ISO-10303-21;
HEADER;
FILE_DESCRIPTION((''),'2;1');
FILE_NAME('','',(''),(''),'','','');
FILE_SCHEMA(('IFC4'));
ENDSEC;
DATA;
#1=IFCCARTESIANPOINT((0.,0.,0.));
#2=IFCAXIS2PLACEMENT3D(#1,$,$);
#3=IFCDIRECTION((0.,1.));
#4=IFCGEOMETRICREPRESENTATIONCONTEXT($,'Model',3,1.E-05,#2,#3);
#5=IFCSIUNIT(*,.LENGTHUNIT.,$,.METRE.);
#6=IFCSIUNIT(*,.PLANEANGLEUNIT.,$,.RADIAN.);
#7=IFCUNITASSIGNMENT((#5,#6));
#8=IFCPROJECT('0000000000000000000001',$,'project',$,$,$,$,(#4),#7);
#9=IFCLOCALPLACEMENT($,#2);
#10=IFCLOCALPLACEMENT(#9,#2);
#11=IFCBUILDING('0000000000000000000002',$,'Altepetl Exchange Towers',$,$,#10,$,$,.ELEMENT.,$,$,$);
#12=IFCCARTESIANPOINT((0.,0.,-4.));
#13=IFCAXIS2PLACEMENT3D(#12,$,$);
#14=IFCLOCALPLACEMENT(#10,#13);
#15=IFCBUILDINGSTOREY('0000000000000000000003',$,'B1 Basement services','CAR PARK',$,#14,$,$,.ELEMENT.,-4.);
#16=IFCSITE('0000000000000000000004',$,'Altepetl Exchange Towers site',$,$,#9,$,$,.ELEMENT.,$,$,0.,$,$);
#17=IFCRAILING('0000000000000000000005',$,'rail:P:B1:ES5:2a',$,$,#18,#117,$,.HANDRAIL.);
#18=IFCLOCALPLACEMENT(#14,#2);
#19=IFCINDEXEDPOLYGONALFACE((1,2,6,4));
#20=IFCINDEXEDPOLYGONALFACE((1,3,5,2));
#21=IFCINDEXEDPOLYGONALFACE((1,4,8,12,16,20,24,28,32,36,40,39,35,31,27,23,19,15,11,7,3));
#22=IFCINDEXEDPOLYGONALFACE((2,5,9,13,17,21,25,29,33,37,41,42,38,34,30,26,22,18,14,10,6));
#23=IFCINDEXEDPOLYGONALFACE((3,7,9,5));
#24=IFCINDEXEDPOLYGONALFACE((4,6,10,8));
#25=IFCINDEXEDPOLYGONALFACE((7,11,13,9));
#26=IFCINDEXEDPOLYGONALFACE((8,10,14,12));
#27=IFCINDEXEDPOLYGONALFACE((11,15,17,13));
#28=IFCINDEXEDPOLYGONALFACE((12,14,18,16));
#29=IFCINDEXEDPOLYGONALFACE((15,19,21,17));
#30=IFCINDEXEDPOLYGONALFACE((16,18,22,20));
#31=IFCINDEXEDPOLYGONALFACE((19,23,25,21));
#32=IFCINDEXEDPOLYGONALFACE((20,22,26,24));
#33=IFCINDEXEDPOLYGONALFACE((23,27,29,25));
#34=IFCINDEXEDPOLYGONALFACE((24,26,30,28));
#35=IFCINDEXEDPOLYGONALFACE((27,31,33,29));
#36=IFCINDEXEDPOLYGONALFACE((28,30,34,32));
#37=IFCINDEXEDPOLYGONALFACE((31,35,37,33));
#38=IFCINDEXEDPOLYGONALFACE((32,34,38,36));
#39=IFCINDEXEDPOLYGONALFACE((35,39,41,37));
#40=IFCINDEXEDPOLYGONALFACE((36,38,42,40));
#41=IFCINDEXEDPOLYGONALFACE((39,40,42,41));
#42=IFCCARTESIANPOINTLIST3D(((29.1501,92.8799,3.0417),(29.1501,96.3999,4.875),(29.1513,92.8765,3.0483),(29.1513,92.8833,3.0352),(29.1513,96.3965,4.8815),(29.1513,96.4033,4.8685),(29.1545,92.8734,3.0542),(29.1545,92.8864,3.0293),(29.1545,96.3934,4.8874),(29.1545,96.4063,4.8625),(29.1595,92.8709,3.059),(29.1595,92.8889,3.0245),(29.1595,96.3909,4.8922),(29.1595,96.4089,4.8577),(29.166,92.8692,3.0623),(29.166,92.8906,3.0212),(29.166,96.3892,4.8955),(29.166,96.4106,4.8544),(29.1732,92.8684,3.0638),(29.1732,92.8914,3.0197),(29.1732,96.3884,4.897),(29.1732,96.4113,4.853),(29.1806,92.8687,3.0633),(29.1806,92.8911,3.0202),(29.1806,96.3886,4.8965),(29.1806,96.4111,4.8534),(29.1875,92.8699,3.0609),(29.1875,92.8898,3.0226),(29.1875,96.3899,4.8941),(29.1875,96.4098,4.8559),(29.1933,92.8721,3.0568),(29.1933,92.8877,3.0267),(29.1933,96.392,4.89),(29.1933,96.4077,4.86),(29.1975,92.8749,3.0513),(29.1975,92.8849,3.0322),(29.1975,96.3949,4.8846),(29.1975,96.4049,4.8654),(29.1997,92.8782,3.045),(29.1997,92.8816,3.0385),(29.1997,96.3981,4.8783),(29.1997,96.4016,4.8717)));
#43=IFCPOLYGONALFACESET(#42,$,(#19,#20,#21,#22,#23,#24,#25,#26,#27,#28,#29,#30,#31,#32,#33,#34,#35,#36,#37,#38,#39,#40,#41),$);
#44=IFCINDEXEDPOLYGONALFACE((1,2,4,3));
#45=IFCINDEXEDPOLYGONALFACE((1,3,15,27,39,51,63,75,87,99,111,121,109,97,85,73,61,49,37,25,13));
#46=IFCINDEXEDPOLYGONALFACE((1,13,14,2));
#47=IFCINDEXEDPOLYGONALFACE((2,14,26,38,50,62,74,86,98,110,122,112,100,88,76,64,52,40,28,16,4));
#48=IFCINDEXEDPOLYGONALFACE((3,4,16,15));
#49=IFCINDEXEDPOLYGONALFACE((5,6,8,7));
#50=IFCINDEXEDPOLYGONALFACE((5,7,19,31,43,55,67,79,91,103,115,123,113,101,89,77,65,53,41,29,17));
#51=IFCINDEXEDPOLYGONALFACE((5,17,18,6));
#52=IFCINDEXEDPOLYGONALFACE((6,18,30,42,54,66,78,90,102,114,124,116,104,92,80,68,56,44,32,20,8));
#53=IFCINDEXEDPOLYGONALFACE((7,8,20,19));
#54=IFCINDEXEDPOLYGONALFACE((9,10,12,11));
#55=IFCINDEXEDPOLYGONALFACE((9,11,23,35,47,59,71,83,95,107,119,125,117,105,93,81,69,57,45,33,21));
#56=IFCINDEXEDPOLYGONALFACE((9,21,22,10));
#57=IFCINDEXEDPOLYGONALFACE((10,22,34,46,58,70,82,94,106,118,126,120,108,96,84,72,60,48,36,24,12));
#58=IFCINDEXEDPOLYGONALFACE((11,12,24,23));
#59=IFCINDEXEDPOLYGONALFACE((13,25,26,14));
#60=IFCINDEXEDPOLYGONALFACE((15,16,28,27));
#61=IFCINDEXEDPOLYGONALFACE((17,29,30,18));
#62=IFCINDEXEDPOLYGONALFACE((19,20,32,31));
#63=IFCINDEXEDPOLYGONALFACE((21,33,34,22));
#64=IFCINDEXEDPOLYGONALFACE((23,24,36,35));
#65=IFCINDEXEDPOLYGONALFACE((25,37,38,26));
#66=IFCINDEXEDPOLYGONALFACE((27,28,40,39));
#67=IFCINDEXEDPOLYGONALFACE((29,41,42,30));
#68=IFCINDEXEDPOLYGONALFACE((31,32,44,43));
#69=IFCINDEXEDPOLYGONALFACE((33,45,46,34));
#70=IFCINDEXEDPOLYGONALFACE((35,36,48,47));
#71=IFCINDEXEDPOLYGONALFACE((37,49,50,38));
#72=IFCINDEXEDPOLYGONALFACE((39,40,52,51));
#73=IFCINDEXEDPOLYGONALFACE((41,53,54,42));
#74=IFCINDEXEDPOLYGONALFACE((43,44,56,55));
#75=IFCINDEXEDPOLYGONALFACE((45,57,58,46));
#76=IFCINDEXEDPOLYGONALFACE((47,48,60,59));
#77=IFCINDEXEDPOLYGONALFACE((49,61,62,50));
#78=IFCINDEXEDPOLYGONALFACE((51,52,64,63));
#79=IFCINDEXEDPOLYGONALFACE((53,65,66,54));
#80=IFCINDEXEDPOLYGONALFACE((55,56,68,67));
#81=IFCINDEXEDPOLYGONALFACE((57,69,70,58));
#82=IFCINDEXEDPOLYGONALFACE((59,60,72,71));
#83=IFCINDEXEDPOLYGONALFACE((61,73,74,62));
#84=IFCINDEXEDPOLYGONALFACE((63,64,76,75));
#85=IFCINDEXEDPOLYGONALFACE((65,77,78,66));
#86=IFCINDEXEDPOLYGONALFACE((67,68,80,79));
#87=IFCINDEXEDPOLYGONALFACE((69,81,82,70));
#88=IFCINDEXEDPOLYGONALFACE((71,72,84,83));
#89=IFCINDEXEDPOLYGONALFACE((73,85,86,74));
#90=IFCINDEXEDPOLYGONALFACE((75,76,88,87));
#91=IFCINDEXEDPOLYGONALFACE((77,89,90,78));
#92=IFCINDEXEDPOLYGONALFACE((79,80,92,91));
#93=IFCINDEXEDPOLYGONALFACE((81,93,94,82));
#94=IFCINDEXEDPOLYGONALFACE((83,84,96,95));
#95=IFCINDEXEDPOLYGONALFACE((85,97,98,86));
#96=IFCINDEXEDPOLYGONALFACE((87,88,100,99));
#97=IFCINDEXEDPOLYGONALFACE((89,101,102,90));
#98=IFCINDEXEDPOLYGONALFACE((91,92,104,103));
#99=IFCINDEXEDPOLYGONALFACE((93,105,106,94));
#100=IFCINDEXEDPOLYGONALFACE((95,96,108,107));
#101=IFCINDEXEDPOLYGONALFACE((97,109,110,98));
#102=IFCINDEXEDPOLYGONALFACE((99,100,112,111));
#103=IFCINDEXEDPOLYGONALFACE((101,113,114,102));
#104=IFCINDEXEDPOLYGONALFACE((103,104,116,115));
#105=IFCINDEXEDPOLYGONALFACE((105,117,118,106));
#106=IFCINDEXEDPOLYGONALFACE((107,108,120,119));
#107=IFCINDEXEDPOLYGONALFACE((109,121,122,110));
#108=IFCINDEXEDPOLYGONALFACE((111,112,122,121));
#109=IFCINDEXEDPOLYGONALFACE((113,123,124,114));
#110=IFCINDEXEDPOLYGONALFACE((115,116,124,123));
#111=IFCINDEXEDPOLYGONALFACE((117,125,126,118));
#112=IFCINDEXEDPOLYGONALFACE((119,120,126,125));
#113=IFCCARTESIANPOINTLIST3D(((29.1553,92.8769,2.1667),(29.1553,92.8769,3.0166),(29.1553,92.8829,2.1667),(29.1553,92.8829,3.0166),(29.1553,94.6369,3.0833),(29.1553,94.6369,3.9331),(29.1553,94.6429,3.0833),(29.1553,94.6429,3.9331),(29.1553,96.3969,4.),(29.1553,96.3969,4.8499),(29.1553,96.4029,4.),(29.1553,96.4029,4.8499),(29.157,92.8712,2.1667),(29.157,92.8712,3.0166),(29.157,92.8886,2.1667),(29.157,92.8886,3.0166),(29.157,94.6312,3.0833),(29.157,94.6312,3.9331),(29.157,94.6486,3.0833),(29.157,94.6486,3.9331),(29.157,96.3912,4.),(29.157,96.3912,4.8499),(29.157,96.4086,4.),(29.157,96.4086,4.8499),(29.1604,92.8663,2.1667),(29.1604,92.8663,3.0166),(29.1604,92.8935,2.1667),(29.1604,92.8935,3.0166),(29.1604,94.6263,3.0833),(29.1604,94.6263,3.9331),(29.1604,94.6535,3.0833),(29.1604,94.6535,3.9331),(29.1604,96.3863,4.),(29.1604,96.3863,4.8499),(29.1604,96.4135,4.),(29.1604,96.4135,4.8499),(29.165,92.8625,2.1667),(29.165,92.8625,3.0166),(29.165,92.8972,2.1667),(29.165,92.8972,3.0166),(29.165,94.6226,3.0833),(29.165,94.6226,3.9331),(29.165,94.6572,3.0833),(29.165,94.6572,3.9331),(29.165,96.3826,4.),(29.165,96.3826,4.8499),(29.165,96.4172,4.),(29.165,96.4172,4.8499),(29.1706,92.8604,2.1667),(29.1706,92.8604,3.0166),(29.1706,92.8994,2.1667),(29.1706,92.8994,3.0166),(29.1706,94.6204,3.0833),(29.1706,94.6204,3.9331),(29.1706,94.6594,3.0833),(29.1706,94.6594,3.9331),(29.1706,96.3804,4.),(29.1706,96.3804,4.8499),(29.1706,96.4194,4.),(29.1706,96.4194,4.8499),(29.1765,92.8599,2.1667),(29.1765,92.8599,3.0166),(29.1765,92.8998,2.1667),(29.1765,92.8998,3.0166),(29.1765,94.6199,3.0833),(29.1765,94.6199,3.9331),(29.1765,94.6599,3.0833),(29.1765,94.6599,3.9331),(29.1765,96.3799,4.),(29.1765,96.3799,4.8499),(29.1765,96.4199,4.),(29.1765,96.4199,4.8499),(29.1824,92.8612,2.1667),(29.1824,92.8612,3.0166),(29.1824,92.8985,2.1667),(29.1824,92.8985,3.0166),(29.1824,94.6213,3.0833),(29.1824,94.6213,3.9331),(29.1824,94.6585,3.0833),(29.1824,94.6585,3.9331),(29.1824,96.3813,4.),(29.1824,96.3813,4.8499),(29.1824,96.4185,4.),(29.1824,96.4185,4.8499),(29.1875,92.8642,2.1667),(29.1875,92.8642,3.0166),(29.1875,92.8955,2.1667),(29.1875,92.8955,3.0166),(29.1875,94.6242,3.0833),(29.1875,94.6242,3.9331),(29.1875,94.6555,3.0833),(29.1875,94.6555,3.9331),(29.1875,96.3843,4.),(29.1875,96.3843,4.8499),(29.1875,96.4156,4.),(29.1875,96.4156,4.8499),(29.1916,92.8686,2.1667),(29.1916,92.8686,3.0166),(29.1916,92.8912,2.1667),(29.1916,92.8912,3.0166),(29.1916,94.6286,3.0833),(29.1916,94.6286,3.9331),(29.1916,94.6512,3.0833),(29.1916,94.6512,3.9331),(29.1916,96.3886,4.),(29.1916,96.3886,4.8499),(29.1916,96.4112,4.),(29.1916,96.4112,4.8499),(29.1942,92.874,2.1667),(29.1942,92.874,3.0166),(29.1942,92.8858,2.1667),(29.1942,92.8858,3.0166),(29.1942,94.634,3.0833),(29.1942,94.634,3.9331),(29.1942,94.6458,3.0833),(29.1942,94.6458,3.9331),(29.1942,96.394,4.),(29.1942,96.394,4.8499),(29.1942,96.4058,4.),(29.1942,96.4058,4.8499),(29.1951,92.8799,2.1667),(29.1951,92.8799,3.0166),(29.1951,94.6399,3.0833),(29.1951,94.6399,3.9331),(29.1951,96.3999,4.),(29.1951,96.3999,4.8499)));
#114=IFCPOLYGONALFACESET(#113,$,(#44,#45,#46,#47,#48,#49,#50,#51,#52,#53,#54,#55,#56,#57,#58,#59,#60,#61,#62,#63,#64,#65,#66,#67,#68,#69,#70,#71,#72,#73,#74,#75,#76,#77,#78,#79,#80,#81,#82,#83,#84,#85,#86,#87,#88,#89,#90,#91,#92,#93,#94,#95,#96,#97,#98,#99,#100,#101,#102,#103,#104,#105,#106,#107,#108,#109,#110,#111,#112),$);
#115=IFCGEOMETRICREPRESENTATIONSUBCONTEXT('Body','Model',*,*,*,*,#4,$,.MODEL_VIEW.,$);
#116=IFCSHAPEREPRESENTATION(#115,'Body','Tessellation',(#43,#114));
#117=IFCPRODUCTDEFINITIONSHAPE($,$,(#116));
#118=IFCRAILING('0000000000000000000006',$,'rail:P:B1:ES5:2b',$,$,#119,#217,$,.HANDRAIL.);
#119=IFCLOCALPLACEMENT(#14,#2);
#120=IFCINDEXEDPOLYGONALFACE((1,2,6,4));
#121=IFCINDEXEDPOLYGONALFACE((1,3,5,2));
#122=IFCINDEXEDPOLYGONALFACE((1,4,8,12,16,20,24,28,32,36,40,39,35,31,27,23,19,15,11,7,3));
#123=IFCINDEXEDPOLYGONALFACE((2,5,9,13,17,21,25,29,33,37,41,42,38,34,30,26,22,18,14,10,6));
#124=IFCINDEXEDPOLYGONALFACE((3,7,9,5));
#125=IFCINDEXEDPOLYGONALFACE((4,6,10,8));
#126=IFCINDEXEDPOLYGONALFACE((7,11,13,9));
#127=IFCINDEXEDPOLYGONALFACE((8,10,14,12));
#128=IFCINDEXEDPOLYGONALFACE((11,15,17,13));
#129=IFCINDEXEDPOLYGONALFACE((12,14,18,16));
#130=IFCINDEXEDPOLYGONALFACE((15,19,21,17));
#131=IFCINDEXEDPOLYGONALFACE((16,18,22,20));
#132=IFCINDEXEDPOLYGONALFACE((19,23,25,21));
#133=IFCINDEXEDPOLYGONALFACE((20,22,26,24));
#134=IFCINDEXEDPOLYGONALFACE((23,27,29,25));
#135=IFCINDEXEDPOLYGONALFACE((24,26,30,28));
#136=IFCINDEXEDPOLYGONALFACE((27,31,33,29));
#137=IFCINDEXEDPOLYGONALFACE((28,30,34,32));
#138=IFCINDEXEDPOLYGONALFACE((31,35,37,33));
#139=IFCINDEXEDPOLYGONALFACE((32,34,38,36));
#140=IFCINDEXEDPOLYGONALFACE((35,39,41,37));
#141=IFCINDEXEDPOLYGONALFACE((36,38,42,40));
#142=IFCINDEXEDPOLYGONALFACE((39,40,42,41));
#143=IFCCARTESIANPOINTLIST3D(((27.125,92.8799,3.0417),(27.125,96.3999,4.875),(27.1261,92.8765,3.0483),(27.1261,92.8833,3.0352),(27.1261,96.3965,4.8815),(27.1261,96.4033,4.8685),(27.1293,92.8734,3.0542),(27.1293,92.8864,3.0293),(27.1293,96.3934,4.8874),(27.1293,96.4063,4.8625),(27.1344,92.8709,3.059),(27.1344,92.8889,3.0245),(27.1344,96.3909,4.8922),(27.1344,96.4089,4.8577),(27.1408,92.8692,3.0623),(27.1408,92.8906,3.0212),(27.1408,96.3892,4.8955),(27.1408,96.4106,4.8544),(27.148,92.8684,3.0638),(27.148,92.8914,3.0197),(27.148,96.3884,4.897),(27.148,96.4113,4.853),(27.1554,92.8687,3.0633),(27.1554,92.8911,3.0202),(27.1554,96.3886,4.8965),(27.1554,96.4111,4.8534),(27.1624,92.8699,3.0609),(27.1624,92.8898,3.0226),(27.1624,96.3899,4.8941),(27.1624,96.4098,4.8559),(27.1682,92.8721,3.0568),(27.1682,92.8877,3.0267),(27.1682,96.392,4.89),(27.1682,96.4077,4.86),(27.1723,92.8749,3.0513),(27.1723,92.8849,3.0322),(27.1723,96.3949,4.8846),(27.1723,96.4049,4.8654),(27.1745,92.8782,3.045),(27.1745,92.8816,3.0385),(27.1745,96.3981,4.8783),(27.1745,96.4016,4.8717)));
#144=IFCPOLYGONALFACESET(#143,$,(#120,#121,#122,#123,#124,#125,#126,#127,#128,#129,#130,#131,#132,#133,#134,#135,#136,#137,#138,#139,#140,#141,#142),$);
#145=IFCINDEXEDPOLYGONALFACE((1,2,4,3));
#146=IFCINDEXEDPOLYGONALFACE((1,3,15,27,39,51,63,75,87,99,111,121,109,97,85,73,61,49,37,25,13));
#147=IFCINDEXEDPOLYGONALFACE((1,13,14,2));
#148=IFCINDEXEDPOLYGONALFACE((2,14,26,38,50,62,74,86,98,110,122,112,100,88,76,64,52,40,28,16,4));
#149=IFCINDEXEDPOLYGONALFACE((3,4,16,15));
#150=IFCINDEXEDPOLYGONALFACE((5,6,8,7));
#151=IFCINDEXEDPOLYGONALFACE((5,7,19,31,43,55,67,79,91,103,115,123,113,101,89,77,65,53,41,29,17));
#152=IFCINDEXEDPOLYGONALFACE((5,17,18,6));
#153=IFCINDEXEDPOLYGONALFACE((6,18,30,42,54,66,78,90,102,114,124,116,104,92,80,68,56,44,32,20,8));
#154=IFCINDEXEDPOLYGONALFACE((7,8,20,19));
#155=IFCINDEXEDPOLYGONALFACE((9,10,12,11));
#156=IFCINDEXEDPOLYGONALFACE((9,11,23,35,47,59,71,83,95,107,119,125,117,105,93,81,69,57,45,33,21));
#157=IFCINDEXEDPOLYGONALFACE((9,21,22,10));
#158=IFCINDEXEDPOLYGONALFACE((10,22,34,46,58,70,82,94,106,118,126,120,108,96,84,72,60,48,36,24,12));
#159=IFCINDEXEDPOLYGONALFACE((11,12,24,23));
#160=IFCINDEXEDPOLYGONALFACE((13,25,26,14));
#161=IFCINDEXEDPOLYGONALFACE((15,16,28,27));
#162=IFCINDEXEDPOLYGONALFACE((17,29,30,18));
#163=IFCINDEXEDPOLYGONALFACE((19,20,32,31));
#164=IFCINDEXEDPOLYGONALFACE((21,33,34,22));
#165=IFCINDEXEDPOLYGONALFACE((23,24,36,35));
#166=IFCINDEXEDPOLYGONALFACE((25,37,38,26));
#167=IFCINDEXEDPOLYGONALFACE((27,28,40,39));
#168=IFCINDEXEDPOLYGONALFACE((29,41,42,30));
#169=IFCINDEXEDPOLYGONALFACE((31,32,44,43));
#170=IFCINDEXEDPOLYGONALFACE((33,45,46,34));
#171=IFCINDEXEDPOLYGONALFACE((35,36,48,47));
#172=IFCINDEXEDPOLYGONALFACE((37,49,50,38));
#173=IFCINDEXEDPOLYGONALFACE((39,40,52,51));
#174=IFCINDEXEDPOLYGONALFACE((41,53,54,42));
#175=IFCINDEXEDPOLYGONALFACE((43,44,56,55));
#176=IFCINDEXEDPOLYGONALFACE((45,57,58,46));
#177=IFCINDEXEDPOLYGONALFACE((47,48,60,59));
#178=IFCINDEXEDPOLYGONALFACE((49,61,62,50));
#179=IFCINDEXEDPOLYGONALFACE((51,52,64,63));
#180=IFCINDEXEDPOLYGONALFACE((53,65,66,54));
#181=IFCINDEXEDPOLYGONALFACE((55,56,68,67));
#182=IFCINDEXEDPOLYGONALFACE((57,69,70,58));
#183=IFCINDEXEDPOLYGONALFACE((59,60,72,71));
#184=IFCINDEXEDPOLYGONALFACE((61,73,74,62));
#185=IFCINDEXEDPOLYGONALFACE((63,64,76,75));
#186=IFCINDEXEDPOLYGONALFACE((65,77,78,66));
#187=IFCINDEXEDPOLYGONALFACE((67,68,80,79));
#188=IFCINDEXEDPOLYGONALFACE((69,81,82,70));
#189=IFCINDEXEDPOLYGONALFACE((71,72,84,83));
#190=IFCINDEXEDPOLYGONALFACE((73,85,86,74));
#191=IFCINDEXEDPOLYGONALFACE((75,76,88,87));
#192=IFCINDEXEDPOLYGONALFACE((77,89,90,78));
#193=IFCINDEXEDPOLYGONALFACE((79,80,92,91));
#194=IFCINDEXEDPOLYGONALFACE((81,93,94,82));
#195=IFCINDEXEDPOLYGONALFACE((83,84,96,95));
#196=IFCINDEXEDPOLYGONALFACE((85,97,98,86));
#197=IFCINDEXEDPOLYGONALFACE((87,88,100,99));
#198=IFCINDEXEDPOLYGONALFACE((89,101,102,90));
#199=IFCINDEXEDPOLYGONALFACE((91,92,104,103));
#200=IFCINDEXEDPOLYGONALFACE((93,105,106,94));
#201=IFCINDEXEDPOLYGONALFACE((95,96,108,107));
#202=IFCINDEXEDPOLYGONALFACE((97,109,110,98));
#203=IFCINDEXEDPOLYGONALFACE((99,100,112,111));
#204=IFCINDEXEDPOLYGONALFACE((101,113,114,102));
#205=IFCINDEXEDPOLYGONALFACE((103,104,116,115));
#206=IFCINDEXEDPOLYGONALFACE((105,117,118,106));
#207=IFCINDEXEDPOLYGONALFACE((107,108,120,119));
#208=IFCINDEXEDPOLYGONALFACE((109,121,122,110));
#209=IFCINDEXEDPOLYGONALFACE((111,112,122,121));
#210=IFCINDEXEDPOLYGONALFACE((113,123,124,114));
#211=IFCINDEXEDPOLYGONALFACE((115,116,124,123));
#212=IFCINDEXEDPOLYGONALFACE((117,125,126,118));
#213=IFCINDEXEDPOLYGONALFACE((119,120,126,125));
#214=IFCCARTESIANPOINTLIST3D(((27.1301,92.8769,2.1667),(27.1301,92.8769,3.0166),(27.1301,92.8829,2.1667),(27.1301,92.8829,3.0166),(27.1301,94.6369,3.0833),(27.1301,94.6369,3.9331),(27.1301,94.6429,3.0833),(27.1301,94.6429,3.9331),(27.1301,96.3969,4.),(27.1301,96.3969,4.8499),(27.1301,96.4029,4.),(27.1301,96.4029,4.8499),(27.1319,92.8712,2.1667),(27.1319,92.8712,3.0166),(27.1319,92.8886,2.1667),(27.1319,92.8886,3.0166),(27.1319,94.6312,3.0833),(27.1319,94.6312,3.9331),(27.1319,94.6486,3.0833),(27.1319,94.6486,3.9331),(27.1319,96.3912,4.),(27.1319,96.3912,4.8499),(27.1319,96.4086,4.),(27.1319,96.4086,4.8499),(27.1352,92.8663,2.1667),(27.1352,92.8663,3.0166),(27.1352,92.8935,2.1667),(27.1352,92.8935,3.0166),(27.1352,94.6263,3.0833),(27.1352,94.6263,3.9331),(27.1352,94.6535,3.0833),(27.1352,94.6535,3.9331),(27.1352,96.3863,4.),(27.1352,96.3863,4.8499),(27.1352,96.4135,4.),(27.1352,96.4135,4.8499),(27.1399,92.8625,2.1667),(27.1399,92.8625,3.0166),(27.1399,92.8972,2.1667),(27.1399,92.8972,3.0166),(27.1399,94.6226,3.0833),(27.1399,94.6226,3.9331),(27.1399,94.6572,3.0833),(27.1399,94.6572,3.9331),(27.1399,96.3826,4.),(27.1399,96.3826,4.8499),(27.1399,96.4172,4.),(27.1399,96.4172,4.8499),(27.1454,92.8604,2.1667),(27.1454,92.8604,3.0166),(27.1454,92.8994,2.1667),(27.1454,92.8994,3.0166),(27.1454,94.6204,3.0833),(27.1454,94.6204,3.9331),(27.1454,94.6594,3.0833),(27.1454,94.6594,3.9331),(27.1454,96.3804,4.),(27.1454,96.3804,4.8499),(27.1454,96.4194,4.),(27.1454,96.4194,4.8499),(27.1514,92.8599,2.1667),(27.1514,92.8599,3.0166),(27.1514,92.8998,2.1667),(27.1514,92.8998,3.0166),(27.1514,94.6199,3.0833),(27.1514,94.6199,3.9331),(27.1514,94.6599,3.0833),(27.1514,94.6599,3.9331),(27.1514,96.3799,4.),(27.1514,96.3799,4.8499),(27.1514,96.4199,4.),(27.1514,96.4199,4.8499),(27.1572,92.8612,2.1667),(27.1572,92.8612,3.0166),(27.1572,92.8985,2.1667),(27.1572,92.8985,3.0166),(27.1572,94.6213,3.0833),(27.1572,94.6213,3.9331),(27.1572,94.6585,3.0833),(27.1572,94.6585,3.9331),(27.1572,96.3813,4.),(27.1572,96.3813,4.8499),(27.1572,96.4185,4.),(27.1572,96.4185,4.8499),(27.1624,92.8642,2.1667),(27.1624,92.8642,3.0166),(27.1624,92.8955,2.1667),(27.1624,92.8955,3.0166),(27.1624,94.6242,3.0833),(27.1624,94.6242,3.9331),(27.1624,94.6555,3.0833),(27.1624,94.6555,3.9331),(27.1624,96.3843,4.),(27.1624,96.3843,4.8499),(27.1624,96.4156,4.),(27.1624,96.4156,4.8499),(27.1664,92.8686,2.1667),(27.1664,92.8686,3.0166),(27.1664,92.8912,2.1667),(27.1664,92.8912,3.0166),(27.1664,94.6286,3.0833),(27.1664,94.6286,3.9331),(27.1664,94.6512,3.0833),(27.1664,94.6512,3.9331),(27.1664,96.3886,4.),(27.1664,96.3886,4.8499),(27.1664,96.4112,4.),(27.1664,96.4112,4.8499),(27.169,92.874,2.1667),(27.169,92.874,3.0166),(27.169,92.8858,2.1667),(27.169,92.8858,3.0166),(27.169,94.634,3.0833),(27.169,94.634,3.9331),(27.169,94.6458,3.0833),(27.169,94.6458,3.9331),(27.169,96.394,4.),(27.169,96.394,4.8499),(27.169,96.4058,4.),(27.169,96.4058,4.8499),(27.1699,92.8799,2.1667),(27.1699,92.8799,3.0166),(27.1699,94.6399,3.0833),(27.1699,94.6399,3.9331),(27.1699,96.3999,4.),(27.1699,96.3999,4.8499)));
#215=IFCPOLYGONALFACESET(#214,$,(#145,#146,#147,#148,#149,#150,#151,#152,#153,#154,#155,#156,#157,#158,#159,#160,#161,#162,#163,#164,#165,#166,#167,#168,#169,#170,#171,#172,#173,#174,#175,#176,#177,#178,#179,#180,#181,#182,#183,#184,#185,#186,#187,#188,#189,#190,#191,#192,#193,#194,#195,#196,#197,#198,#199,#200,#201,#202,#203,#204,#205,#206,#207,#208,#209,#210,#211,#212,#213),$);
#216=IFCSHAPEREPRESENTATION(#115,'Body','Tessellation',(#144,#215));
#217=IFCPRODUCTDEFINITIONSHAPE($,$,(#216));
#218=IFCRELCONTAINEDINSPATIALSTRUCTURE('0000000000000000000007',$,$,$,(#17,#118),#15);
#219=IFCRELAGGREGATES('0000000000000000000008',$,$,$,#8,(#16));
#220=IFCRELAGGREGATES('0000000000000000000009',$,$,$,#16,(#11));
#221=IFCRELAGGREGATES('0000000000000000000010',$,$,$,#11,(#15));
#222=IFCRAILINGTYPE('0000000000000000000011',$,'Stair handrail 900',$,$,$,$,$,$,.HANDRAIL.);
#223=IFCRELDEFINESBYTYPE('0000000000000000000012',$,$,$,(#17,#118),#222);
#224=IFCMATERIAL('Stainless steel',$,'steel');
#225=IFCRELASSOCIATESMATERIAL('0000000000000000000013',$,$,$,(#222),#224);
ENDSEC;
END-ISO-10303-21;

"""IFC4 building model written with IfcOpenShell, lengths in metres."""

from ifc_helpers import new_model, si_unit, direction, frame, origin, origin_2d, place, context, subcontext, project, spatial, circle, extrude, source, transform, mapped, material, type_object, element, save


model = new_model("IFC4")

# Units and contexts
model_context = context("Model", 3, precision=1e-05, world=origin(), true_north=direction((0.0, 1.0)))
body_context = subcontext(model_context, "Body", "Model", "MODEL_VIEW")
ifc_project = project(units=[si_unit("LENGTHUNIT", "METRE"), si_unit("PLANEANGLEUNIT", "RADIAN")], contexts=[model_context])

# Site, building, storey
site_placement = place(None, origin())
site = spatial("IfcSite", under=ifc_project, at=site_placement, Name="Altepetl Exchange Towers site", CompositionType="ELEMENT", RefElevation=0.0)
building_placement = place(site_placement, origin())
building = spatial("IfcBuilding", under=site, at=building_placement, Name="Altepetl Exchange Towers", CompositionType="ELEMENT")
storey_placement = place(building_placement, frame((0.0, 0.0, -4.0)))
storey = spatial("IfcBuildingStorey", under=building, at=storey_placement, Name="B1 Basement services", Description="CAR PARK", CompositionType="ELEMENT", Elevation=-4.0)

# Railings
ifc_material_1 = material(Name="Stainless steel", Category="steel")
railing_type_1 = type_object("IfcRailingType", Name="Stair handrail 900", PredefinedType="HANDRAIL", material=ifc_material_1)
shared_shape_1 = source(origin(), body_context, "Body", "SweptSolid", [
    extrude(circle(Radius=0.02, at=origin_2d()), origin(), (0.0, 0.0, 1.0), 0.8499),
])
for number, where, name in (
    (1, (29.175, 92.8799, 2.1667), "rail:P:B1:ES5:2a"),
    (2, (27.1499, 92.8799, 2.1667), "rail:P:B1:ES5:2b"),
):
    element("IfcRailing", number, at=place(storey_placement, frame(where)), inside=storey, type_object=railing_type_1, Name=name, PredefinedType="HANDRAIL", context=body_context, shape_type="SweptSolid", body=[
        extrude(circle(Radius=0.0249, at=origin_2d()), frame((0.0, 0.0, 0.875), z_axis=(0.0, 0.886924, 0.461916), x_axis=(-1.0, 0.0, 0.0)), (0.0, 0.0, 1.0), 3.9688),
        mapped(shared_shape_1, transform((0.0, 0.0, 0.0))),
        mapped(shared_shape_1, transform((0.0, 1.76, 0.9165))),
        mapped(shared_shape_1, transform((0.0, 3.52, 1.8333))),
    ])

save(model, "model.ifc")
